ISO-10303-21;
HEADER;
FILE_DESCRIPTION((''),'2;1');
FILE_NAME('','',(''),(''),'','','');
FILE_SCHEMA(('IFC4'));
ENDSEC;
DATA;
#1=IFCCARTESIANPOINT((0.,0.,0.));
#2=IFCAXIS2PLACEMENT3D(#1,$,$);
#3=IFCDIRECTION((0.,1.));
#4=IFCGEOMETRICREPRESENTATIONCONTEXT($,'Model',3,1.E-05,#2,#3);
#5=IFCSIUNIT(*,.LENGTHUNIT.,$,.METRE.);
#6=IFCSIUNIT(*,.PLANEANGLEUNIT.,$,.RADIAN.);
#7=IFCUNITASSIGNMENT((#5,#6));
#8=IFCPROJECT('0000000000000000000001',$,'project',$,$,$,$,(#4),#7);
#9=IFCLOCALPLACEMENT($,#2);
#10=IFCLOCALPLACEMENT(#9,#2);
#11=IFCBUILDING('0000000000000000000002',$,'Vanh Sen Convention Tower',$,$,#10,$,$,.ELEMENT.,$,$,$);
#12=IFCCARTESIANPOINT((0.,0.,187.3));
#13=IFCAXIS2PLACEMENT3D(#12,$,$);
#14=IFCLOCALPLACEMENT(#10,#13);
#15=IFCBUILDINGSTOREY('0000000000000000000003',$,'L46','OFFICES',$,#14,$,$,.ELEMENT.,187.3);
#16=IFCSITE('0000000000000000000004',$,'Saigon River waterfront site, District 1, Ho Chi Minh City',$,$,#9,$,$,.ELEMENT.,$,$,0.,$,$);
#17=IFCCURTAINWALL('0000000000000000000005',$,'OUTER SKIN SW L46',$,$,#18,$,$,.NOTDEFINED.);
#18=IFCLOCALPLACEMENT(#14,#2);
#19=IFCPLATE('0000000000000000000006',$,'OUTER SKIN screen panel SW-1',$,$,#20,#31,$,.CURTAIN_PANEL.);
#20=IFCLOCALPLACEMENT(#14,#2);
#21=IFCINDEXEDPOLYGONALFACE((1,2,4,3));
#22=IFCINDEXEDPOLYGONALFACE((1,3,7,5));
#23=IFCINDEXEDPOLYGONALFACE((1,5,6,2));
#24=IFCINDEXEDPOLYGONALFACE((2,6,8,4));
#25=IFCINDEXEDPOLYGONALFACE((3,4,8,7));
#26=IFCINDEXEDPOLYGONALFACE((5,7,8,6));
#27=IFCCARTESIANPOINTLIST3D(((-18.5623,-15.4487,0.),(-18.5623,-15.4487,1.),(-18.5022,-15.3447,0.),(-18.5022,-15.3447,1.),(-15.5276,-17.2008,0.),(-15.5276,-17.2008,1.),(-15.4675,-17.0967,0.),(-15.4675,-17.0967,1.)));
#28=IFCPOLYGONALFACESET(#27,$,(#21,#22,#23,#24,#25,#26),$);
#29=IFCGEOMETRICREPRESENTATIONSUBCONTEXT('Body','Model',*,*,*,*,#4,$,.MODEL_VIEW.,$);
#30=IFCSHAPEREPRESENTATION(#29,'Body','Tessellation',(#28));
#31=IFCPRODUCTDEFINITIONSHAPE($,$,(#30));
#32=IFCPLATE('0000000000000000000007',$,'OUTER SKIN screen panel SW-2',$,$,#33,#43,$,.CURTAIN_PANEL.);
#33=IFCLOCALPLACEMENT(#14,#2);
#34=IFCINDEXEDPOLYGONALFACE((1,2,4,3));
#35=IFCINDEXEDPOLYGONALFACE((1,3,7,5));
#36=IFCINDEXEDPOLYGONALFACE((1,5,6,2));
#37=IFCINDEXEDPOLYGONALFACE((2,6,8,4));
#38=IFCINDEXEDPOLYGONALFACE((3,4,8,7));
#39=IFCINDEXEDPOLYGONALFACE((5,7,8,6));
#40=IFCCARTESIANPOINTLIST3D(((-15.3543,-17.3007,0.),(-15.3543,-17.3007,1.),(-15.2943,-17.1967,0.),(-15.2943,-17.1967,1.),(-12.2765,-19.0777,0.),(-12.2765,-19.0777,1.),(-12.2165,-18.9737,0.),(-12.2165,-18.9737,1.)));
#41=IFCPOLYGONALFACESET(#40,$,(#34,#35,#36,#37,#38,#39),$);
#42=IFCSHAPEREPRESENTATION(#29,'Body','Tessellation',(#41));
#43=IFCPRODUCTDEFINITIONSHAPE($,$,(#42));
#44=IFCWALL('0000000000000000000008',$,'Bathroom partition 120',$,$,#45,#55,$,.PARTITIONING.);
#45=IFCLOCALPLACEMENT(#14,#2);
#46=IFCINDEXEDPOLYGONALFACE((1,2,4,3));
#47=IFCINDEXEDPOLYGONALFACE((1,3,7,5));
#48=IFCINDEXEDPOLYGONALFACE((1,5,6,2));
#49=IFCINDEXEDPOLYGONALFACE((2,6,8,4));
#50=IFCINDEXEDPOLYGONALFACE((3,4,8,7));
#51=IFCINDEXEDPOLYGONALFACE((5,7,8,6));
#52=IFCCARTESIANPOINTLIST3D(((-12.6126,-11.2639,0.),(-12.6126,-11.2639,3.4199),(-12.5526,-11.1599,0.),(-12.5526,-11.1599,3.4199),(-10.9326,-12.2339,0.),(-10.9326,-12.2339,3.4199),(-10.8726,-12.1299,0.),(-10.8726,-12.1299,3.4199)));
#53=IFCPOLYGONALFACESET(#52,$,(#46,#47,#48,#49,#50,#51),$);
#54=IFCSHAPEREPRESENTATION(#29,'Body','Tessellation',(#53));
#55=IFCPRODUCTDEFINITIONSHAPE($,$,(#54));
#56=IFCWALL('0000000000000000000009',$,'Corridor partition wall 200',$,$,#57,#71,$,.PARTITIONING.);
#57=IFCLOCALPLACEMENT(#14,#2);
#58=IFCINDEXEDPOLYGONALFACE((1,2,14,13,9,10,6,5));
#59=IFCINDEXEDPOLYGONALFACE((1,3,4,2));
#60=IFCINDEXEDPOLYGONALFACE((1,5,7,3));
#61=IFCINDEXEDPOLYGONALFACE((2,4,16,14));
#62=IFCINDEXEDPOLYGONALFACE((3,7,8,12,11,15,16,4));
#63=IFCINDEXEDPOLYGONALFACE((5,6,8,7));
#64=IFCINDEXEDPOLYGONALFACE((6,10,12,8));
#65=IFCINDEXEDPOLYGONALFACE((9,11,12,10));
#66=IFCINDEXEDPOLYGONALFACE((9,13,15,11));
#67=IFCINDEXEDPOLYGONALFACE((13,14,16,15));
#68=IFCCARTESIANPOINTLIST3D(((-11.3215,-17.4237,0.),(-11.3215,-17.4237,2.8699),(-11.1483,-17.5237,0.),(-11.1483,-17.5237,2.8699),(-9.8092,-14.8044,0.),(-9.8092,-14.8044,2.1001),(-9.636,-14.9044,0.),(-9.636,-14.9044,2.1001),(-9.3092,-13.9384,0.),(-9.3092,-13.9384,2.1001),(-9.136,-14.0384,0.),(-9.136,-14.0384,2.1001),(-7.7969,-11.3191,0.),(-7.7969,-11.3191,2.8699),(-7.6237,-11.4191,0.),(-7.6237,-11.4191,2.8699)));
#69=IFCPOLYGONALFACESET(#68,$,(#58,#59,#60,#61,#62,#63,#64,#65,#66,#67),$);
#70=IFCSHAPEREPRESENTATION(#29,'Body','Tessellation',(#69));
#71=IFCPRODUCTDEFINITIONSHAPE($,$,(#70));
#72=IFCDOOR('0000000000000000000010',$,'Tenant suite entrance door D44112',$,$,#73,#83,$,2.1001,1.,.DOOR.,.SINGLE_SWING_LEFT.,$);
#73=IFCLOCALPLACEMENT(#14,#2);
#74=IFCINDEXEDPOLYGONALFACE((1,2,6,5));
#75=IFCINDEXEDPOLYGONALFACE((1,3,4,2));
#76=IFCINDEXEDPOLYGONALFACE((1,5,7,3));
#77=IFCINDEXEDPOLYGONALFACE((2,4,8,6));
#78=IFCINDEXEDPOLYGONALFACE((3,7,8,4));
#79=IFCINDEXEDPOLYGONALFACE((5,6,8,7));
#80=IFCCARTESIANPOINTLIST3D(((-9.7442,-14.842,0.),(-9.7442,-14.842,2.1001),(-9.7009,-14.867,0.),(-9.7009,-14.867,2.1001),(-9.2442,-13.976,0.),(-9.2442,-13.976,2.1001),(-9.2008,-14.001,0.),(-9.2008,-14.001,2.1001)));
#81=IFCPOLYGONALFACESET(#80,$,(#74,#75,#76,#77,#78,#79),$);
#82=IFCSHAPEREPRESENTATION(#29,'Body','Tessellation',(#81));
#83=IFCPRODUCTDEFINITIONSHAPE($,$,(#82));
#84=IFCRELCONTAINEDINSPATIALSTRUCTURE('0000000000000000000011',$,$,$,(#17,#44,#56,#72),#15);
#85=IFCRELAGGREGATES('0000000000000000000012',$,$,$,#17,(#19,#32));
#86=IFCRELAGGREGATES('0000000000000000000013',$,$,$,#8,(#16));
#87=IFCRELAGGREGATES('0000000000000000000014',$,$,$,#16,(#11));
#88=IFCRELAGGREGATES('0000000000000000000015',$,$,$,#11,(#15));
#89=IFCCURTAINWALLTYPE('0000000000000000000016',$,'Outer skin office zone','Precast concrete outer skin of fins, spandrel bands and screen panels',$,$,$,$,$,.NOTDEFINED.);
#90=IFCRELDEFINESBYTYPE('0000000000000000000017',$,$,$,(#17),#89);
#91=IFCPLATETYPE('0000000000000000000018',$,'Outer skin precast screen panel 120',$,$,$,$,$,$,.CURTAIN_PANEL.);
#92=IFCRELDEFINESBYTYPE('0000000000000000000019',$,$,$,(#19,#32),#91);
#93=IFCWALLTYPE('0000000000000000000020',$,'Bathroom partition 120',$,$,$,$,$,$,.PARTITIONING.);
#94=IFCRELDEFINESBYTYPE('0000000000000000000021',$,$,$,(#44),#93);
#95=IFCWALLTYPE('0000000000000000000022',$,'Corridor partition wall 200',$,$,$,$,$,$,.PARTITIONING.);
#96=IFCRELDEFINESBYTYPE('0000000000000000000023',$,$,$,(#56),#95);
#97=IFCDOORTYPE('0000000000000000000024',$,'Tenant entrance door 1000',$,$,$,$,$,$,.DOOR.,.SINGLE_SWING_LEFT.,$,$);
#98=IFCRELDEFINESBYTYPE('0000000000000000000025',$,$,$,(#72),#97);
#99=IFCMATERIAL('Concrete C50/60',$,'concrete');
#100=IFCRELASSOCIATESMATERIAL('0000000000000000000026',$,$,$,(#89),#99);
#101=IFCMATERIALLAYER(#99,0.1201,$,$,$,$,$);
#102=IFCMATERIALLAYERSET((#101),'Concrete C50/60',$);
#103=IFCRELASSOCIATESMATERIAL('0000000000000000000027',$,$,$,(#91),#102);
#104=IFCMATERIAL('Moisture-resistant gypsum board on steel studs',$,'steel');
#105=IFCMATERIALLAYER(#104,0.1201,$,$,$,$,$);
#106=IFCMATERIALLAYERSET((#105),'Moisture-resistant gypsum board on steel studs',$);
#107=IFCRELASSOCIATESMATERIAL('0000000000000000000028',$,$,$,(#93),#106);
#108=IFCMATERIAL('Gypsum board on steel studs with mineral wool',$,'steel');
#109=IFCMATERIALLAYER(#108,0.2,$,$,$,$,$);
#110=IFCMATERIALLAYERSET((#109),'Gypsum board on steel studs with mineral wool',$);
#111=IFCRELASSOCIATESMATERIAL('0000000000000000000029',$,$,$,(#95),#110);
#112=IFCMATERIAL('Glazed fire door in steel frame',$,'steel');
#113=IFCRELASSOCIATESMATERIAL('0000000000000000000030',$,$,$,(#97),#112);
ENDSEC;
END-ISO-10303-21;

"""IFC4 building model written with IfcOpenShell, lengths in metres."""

from ifc_helpers import new_model, si_unit, direction, frame, frame_2d, origin, origin_2d, place, context, subcontext, project, spatial, rectangle, extrude, material, layer, layer_set, type_object, element, fill, aggregate, save


model = new_model("IFC4")

# Units and contexts
model_context = context("Model", 3, precision=1e-05, world=origin(), true_north=direction((0.0, 1.0)))
body_context = subcontext(model_context, "Body", "Model", "MODEL_VIEW")
ifc_project = project(units=[si_unit("LENGTHUNIT", "METRE"), si_unit("PLANEANGLEUNIT", "RADIAN")], contexts=[model_context])

# Site, building, storey
site_placement = place(None, origin())
site = spatial("IfcSite", under=ifc_project, at=site_placement, Name="Saigon River waterfront site, District 1, Ho Chi Minh City", CompositionType="ELEMENT", RefElevation=0.0)
building_placement = place(site_placement, origin())
building = spatial("IfcBuilding", under=site, at=building_placement, Name="Vanh Sen Convention Tower", CompositionType="ELEMENT")
storey_placement = place(building_placement, frame((0.0, 0.0, 187.3)))
storey = spatial("IfcBuildingStorey", under=building, at=storey_placement, Name="L46", Description="OFFICES", CompositionType="ELEMENT", Elevation=187.3)

# Curtain wall
ifc_material_1 = material(Name="Concrete C50/60", Category="concrete")
curtain_wall_type = type_object("IfcCurtainWallType", Name="Outer skin office zone", Description="Precast concrete outer skin of fins, spandrel bands and screen panels", PredefinedType="NOTDEFINED", material=ifc_material_1)
curtain_wall_1_placement = place(storey_placement, origin())
curtain_wall_1 = element("IfcCurtainWall", 1, at=curtain_wall_1_placement, inside=storey, type_object=curtain_wall_type, Name="OUTER SKIN SW L46", PredefinedType="NOTDEFINED")

# Shared definitions
ifc_layer_1 = layer(ifc_material_1, 0.1201)
ifc_layer_set_1 = layer_set([ifc_layer_1], Name="Concrete C50/60")
plate_type = type_object("IfcPlateType", Name="Outer skin precast screen panel 120", PredefinedType="CURTAIN_PANEL", material=ifc_layer_set_1)

# Plates
plate_1_placement = place(storey_placement, frame((-17.0149, -16.2727, 0.0), z_axis=(0.0, 0.0, 1.0), x_axis=(0.866024, -0.500003, 0.0)))
plate_1 = element("IfcPlate", 2, at=plate_1_placement, type_object=plate_type, Name="OUTER SKIN screen panel SW-1", PredefinedType="CURTAIN_PANEL", context=body_context, shape_type="SweptSolid", body=[
    extrude(rectangle(XDim=3.5042, YDim=0.1201, at=origin_2d()), origin(), (0.0, 0.0, 1.0), 1.0),
])
plate_2_placement = place(storey_placement, frame((-13.7854, -18.1372, 0.0), z_axis=(0.0, 0.0, 1.0), x_axis=(0.866028, -0.499995, 0.0)))
plate_2 = element("IfcPlate", 3, at=plate_2_placement, type_object=plate_type, Name="OUTER SKIN screen panel SW-2", PredefinedType="CURTAIN_PANEL", context=body_context, shape_type="SweptSolid", body=[
    extrude(rectangle(XDim=3.554, YDim=0.1201, at=origin_2d()), origin(), (0.0, 0.0, 1.0), 1.0),
])
aggregate(curtain_wall_1, [plate_1, plate_2])

# Wall
ifc_material_2 = material(Name="Moisture-resistant gypsum board on steel studs", Category="steel")
ifc_layer_2 = layer(ifc_material_2, 0.1201)
ifc_layer_set_2 = layer_set([ifc_layer_2], Name="Moisture-resistant gypsum board on steel studs")
wall_type_1 = type_object("IfcWallType", Name="Bathroom partition 120", PredefinedType="PARTITIONING", material=ifc_layer_set_2)
wall_1_placement = place(storey_placement, frame((-10.9026, -12.1819, 0.0), z_axis=(0.0, 0.0, 1.0), x_axis=(-0.866012, 0.500024, 0.0)))
element("IfcWall", 4, at=wall_1_placement, inside=storey, type_object=wall_type_1, Name="Bathroom partition 120", PredefinedType="PARTITIONING", context=body_context, shape_type="SweptSolid", body=[
    extrude(rectangle(XDim=1.9399, YDim=0.1201, at=frame_2d((0.97, 0.0))), origin(), (0.0, 0.0, 1.0), 3.4199),
])

# Wall, opening, door
ifc_material_3 = material(Name="Gypsum board on steel studs with mineral wool", Category="steel")
ifc_layer_3 = layer(ifc_material_3, 0.2)
ifc_layer_set_3 = layer_set([ifc_layer_3], Name="Gypsum board on steel studs with mineral wool")
wall_type_2 = type_object("IfcWallType", Name="Corridor partition wall 200", PredefinedType="PARTITIONING", material=ifc_layer_set_3)
wall_2_placement = place(storey_placement, frame((-11.2349, -17.4736, 0.0), z_axis=(0.0, 0.0, 1.0), x_axis=(0.500009, 0.86602, 0.0)))
wall_2 = element("IfcWall", 5, at=wall_2_placement, inside=storey, type_object=wall_type_2, Name="Corridor partition wall 200", PredefinedType="PARTITIONING", context=body_context, shape_type="SweptSolid", body=[
    extrude(rectangle(XDim=7.0491, YDim=0.2, at=frame_2d((3.5244, 0.0))), origin(), (0.0, 0.0, 1.0), 2.8699),
])
opening_1_placement = place(wall_2_placement, frame((3.0244, 0.0, 0.0)))
opening_1 = element("IfcOpeningElement", 6, at=opening_1_placement, cuts=wall_2, PredefinedType="OPENING", context=body_context, shape_type="SweptSolid", body=[
    extrude(rectangle(XDim=1.0, YDim=2.1001, at=frame_2d((0.5, 1.05))), frame((0.0, 0.1099, 0.0), z_axis=(0.0, -1.0, 0.0), x_axis=(1.0, 0.0, 0.0)), (0.0, 0.0, 1.0), 0.22),
])
ifc_material_4 = material(Name="Glazed fire door in steel frame", Category="steel")
door_type = type_object("IfcDoorType", Name="Tenant entrance door 1000", OperationType="SINGLE_SWING_LEFT", PredefinedType="DOOR", material=ifc_material_4)
door_placement = place(opening_1_placement, origin())
door = element("IfcDoor", 7, at=door_placement, inside=storey, type_object=door_type, Name="Tenant suite entrance door D44112", OperationType="SINGLE_SWING_LEFT", OverallHeight=2.1001, OverallWidth=1.0, PredefinedType="DOOR", context=body_context, shape_type="SweptSolid", body=[
    extrude(rectangle(XDim=1.0, YDim=2.1001, at=frame_2d((0.5, 1.05))), frame((0.0, 0.0249, 0.0), z_axis=(0.0, -1.0, 0.0), x_axis=(1.0, 0.0, 0.0)), (0.0, 0.0, 1.0), 0.05),
])
fill(opening_1, door)

save(model, "model.ifc")
